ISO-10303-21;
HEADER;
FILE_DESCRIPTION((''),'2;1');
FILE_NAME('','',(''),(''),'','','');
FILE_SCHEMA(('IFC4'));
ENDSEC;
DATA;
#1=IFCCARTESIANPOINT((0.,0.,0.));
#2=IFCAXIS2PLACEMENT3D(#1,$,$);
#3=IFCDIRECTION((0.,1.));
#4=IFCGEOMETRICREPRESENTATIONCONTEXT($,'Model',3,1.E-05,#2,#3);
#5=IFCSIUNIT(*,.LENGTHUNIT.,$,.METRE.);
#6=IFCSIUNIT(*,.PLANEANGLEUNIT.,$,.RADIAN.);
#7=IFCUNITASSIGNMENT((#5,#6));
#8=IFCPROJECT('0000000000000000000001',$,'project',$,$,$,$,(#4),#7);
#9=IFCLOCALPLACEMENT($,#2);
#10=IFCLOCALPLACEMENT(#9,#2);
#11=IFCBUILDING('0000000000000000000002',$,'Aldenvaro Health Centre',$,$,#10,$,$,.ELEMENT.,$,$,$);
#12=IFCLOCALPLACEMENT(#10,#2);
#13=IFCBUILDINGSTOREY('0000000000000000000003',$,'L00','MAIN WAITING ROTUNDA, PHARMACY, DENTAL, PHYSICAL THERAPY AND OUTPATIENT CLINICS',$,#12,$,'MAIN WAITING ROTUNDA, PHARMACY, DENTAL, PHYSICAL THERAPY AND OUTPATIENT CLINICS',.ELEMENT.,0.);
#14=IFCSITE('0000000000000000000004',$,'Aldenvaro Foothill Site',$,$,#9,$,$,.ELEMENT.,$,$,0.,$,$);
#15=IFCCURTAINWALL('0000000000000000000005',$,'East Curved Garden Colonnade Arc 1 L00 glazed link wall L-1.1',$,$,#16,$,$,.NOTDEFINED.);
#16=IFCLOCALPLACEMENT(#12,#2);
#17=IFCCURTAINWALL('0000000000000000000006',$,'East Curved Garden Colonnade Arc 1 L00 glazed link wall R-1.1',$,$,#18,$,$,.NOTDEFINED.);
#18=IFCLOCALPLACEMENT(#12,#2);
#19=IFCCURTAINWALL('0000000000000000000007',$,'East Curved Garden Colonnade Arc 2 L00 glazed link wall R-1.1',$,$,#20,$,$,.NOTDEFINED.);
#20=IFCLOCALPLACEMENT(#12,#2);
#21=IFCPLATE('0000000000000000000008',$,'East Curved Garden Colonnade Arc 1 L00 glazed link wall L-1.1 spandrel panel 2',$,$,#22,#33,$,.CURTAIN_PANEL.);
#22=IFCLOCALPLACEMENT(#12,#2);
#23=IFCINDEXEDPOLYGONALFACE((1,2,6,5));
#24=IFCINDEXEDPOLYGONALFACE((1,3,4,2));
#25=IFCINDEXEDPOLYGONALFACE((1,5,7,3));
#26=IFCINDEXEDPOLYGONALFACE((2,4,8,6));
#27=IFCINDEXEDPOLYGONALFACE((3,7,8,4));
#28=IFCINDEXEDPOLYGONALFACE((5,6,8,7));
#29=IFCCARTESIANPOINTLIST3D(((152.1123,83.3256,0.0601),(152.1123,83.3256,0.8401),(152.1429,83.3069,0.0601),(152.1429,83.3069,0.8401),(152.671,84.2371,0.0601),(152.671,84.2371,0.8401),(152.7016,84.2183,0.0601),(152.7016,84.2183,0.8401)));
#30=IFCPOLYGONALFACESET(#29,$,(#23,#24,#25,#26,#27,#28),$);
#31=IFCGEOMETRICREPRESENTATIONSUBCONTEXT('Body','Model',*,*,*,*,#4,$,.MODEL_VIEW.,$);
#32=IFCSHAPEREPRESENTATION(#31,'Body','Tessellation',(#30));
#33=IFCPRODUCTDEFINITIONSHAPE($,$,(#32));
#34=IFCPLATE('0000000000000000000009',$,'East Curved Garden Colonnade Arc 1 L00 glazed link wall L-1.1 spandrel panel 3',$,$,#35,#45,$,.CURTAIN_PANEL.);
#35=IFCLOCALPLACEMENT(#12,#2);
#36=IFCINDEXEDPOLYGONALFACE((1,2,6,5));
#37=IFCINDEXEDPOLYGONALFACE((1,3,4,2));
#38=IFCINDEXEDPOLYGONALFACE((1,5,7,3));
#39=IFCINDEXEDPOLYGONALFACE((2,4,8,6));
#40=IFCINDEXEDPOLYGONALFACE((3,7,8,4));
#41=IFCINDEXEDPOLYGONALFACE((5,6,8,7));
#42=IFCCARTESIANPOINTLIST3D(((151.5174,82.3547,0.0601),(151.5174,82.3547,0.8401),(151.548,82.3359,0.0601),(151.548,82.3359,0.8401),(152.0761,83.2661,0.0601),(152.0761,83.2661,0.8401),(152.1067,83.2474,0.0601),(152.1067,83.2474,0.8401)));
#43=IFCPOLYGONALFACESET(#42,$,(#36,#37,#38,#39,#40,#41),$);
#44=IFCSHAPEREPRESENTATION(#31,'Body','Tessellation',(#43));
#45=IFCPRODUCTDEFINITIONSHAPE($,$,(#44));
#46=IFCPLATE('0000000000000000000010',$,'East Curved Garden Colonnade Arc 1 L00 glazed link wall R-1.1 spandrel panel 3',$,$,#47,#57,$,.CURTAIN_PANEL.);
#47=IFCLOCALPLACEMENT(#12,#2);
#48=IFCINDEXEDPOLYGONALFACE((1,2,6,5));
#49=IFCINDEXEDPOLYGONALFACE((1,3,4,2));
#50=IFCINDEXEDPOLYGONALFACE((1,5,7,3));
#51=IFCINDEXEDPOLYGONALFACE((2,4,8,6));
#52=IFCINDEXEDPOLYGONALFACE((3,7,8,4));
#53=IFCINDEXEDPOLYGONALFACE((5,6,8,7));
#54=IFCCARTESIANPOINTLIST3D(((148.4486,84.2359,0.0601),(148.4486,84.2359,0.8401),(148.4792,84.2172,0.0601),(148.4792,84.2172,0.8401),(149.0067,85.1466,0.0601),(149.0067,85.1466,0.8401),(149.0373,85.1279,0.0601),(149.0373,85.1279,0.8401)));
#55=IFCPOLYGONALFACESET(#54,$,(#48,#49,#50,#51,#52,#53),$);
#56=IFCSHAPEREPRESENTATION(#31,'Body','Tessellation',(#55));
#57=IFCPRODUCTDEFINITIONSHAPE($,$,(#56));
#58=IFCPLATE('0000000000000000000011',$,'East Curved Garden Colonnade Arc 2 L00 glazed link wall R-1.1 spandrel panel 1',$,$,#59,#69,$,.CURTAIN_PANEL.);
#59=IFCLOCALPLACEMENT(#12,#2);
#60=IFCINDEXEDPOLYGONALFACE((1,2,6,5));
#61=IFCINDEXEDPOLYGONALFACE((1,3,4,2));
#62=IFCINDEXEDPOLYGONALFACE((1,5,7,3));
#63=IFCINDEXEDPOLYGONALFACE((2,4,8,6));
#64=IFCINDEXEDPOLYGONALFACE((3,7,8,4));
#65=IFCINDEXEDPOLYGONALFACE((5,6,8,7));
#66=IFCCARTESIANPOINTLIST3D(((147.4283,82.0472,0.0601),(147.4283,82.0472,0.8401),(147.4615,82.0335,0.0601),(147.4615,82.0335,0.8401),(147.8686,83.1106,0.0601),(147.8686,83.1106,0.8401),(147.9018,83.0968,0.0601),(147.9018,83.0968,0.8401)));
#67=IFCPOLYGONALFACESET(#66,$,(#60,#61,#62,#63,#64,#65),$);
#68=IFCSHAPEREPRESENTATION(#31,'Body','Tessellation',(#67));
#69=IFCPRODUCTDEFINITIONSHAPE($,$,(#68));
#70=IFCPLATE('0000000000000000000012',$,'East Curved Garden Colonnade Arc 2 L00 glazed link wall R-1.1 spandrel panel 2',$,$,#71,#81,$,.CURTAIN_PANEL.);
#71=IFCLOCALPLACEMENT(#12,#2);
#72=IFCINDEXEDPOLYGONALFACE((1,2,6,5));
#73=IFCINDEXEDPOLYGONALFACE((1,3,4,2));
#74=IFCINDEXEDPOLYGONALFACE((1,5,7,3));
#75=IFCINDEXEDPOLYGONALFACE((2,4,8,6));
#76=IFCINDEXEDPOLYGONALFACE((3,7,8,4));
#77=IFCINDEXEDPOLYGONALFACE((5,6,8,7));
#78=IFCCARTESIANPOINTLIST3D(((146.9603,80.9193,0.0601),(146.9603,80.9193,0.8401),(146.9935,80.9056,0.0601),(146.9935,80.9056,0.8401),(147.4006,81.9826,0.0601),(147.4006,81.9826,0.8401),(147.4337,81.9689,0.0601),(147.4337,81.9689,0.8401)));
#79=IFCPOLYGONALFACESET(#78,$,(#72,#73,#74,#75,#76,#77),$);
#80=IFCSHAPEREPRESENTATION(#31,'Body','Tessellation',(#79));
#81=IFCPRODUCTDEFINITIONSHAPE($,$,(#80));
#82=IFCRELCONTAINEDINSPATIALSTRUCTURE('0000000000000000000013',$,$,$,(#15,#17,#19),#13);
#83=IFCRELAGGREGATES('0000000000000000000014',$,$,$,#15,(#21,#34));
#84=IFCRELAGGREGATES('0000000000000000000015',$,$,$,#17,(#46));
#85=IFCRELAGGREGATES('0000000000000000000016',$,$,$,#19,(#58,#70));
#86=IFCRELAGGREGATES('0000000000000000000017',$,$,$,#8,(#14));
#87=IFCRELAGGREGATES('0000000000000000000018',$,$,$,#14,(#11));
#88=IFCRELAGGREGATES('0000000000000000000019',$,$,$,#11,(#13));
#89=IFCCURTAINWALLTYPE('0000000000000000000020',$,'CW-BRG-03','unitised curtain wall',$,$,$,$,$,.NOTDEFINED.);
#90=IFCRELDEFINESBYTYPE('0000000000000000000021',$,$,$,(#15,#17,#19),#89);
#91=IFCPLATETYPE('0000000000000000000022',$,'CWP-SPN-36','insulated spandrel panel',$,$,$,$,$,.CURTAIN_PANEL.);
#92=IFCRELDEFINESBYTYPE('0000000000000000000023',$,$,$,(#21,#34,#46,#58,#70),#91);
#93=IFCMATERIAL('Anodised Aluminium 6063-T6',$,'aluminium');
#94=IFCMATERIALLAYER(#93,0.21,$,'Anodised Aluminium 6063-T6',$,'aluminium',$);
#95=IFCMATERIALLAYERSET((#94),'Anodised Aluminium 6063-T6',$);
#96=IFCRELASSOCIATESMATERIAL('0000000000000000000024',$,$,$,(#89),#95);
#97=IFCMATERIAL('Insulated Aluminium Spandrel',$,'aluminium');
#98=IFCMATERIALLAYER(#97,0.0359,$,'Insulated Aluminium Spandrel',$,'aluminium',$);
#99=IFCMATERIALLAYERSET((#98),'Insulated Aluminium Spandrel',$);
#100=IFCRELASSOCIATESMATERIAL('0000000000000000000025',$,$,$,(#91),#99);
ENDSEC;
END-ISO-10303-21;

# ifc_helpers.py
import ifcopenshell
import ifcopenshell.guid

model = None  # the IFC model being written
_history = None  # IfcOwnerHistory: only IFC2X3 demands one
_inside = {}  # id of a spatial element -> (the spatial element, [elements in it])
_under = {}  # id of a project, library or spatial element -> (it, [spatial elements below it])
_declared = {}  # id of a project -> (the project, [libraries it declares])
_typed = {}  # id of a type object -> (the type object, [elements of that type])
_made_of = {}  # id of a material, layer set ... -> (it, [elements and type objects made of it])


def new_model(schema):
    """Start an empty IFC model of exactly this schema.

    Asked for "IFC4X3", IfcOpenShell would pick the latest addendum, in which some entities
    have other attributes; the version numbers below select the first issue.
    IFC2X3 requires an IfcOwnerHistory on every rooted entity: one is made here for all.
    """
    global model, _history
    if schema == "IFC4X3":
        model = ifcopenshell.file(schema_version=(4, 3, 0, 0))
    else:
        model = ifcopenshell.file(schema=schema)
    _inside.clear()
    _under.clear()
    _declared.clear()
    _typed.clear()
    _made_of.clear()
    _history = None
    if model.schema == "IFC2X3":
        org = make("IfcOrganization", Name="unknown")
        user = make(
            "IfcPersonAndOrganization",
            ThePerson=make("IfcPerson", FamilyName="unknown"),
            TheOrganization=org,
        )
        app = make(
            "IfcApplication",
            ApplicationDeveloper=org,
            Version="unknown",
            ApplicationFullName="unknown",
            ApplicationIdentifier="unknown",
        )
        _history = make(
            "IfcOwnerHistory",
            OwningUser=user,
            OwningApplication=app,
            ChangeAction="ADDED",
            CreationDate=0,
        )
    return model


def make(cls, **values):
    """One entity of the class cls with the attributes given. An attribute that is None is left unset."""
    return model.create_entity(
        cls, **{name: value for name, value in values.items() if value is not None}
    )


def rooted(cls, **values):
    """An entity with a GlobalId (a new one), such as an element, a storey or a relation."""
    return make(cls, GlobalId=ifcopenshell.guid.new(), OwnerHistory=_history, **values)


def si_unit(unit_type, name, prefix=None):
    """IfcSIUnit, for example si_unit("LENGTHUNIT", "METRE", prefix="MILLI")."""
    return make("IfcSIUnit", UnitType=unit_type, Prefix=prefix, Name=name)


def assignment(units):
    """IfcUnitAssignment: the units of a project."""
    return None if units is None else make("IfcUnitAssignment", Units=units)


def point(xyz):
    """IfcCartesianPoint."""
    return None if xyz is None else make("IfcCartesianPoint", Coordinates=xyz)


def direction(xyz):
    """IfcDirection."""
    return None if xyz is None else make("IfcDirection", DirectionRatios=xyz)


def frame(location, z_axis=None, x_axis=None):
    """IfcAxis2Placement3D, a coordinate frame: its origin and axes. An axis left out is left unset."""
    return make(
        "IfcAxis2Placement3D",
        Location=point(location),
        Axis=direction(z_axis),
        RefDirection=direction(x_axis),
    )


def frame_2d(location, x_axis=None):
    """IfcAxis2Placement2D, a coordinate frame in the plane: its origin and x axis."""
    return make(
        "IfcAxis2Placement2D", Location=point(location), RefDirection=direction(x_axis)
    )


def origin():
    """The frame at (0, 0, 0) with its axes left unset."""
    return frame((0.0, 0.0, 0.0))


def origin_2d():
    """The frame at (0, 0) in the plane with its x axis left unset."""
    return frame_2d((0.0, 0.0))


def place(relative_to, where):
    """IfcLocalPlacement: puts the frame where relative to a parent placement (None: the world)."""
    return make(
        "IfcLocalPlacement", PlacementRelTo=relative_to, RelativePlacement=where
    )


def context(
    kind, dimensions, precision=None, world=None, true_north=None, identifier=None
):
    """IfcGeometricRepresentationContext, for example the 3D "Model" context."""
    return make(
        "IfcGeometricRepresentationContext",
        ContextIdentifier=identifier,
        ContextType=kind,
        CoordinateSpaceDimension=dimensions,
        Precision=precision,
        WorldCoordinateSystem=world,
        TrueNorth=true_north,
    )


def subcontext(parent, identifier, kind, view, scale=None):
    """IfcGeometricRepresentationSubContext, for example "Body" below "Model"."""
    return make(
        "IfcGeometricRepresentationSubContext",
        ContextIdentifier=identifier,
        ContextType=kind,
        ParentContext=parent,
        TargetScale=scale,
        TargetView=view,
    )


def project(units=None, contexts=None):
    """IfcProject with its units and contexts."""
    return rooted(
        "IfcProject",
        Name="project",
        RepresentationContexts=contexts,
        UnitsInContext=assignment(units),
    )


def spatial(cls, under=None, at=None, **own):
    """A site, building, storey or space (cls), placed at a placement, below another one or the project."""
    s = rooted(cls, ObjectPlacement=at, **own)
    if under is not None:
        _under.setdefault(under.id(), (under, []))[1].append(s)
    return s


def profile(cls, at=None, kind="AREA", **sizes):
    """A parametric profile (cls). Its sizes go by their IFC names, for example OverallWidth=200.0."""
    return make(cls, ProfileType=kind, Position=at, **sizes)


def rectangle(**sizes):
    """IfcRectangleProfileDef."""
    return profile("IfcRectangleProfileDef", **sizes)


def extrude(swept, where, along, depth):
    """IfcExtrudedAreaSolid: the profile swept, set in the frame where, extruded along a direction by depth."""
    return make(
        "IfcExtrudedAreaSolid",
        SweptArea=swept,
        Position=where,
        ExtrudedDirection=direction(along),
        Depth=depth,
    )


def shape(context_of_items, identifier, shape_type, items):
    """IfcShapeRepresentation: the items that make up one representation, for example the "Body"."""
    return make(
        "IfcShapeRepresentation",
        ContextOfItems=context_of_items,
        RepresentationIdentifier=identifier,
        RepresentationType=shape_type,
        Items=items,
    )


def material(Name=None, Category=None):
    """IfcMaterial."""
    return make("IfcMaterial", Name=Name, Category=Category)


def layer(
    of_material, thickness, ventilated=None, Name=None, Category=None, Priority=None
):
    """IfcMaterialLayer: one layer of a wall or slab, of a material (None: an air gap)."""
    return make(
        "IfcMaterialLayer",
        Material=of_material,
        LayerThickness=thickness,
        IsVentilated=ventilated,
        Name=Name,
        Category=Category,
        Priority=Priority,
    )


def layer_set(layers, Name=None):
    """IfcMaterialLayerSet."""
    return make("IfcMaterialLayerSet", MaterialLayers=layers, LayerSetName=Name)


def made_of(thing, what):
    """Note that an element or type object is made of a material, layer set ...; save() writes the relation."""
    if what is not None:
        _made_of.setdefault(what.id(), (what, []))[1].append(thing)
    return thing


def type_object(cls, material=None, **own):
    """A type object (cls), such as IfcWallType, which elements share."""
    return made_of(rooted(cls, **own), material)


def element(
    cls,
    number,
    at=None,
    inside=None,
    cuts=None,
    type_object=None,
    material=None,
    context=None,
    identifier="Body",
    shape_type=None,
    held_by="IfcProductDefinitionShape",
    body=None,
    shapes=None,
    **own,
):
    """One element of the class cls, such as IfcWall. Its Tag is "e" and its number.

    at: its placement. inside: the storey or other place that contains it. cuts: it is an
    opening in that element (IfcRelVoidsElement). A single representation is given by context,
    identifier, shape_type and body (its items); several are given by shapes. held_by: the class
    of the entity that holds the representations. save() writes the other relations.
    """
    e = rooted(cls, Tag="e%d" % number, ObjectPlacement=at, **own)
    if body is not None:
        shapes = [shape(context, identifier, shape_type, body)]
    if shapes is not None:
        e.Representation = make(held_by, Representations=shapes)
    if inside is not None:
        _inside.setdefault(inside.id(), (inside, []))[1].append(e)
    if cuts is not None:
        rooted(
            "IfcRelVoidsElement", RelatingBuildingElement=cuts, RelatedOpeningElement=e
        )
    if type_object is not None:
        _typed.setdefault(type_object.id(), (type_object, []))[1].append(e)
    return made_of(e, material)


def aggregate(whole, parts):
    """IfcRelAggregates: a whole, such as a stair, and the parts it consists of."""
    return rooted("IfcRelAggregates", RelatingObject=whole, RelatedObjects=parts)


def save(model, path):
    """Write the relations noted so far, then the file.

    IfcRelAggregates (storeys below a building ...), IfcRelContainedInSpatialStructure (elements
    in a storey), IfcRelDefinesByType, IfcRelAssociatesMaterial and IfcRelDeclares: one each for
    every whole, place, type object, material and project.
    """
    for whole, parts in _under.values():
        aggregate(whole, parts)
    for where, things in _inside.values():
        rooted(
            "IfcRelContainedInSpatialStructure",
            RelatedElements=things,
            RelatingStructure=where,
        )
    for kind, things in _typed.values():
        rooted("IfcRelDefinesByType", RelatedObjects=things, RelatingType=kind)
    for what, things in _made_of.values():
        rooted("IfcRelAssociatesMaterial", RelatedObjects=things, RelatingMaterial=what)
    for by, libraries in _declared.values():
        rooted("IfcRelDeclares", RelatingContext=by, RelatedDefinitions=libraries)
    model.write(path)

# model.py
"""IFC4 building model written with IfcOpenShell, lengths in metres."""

from ifc_helpers import new_model, si_unit, direction, frame, origin, origin_2d, place, context, subcontext, project, spatial, rectangle, extrude, material, layer, layer_set, type_object, element, aggregate, save


model = new_model("IFC4")

# Units and contexts
model_context = context("Model", 3, precision=1e-05, world=origin(), true_north=direction((0.0, 1.0)))
body_context = subcontext(model_context, "Body", "Model", "MODEL_VIEW")
ifc_project = project(units=[si_unit("LENGTHUNIT", "METRE"), si_unit("PLANEANGLEUNIT", "RADIAN")], contexts=[model_context])

# Site, building, storey
site_placement = place(None, origin())
site = spatial("IfcSite", under=ifc_project, at=site_placement, Name="Aldenvaro Foothill Site", CompositionType="ELEMENT", RefElevation=0.0)
building_placement = place(site_placement, origin())
building = spatial("IfcBuilding", under=site, at=building_placement, Name="Aldenvaro Health Centre", CompositionType="ELEMENT")
storey_placement = place(building_placement, origin())
storey = spatial("IfcBuildingStorey", under=building, at=storey_placement, Name="L00", Description="MAIN WAITING ROTUNDA, PHARMACY, DENTAL, PHYSICAL THERAPY AND OUTPATIENT CLINICS", LongName="MAIN WAITING ROTUNDA, PHARMACY, DENTAL, PHYSICAL THERAPY AND OUTPATIENT CLINICS", CompositionType="ELEMENT", Elevation=0.0)

# Curtain wall
ifc_material_1 = material(Name="Anodised Aluminium 6063-T6", Category="aluminium")
ifc_layer_1 = layer(ifc_material_1, 0.21, Name="Anodised Aluminium 6063-T6", Category="aluminium")
ifc_layer_set_1 = layer_set([ifc_layer_1], Name="Anodised Aluminium 6063-T6")
curtain_wall_type = type_object("IfcCurtainWallType", Name="CW-BRG-03", Description="unitised curtain wall", PredefinedType="NOTDEFINED", material=ifc_layer_set_1)
curtain_wall_1_placement = place(storey_placement, origin())
curtain_wall_1 = element("IfcCurtainWall", 1, at=curtain_wall_1_placement, inside=storey, type_object=curtain_wall_type, Name="East Curved Garden Colonnade Arc 1 L00 glazed link wall L-1.1", PredefinedType="NOTDEFINED")

# Curtain wall
curtain_wall_2_placement = place(storey_placement, origin())
curtain_wall_2 = element("IfcCurtainWall", 2, at=curtain_wall_2_placement, inside=storey, type_object=curtain_wall_type, Name="East Curved Garden Colonnade Arc 1 L00 glazed link wall R-1.1", PredefinedType="NOTDEFINED")

# Curtain wall
curtain_wall_3_placement = place(storey_placement, origin())
curtain_wall_3 = element("IfcCurtainWall", 3, at=curtain_wall_3_placement, inside=storey, type_object=curtain_wall_type, Name="East Curved Garden Colonnade Arc 2 L00 glazed link wall R-1.1", PredefinedType="NOTDEFINED")

# Plates
ifc_material_2 = material(Name="Insulated Aluminium Spandrel", Category="aluminium")
ifc_layer_2 = layer(ifc_material_2, 0.0359, Name="Insulated Aluminium Spandrel", Category="aluminium")
ifc_layer_set_2 = layer_set([ifc_layer_2], Name="Insulated Aluminium Spandrel")
plate_type_1 = type_object("IfcPlateType", Name="CWP-SPN-36", Description="insulated spandrel panel", PredefinedType="CURTAIN_PANEL", material=ifc_layer_set_2)
plate_1_placement = place(storey_placement, frame((152.407, 83.772, 0.0601), z_axis=(0.0, 0.0, 1.0), x_axis=(-0.52261, -0.852572, 0.0)))
plate_1 = element("IfcPlate", 4, at=plate_1_placement, type_object=plate_type_1, Name="East Curved Garden Colonnade Arc 1 L00 glazed link wall L-1.1 spandrel panel 2", PredefinedType="CURTAIN_PANEL", context=body_context, shape_type="SweptSolid", body=[
    extrude(rectangle(XDim=1.0691, YDim=0.0359, at=origin_2d()), origin(), (0.0, 0.0, 1.0), 0.78),
])
plate_2_placement = place(storey_placement, frame((151.812, 82.801, 0.0601), z_axis=(0.0, 0.0, 1.0), x_axis=(-0.52261, -0.852572, 0.0)))
plate_2 = element("IfcPlate", 5, at=plate_2_placement, type_object=plate_type_1, Name="East Curved Garden Colonnade Arc 1 L00 glazed link wall L-1.1 spandrel panel 3", PredefinedType="CURTAIN_PANEL", context=body_context, shape_type="SweptSolid", body=[
    extrude(rectangle(XDim=1.0691, YDim=0.0359, at=origin_2d()), origin(), (0.0, 0.0, 1.0), 0.78),
])
aggregate(curtain_wall_1, [plate_1, plate_2])
plate_3_placement = place(storey_placement, frame((148.7429, 84.6819, 0.0601), z_axis=(0.0, 0.0, 1.0), x_axis=(-0.522528, -0.852622, 0.0)))
plate_3 = element("IfcPlate", 6, at=plate_3_placement, type_object=plate_type_1, Name="East Curved Garden Colonnade Arc 1 L00 glazed link wall R-1.1 spandrel panel 3", PredefinedType="CURTAIN_PANEL", context=body_context, shape_type="SweptSolid", body=[
    extrude(rectangle(XDim=1.0681, YDim=0.0359, at=origin_2d()), origin(), (0.0, 0.0, 1.0), 0.78),
])
aggregate(curtain_wall_2, [plate_3])
plate_4_placement = place(storey_placement, frame((147.665, 82.572, 0.0601), z_axis=(0.0, 0.0, 1.0), x_axis=(-0.382569, -0.923927, 0.0)))
plate_4 = element("IfcPlate", 7, at=plate_4_placement, type_object=plate_type_1, Name="East Curved Garden Colonnade Arc 2 L00 glazed link wall R-1.1 spandrel panel 1", PredefinedType="CURTAIN_PANEL", context=body_context, shape_type="SweptSolid", body=[
    extrude(rectangle(XDim=1.1509, YDim=0.0359, at=origin_2d()), origin(), (0.0, 0.0, 1.0), 0.78),
])
plate_5_placement = place(storey_placement, frame((147.197, 81.4441, 0.0601), z_axis=(0.0, 0.0, 1.0), x_axis=(-0.382569, -0.923927, 0.0)))
plate_5 = element("IfcPlate", 8, at=plate_5_placement, type_object=plate_type_1, Name="East Curved Garden Colonnade Arc 2 L00 glazed link wall R-1.1 spandrel panel 2", PredefinedType="CURTAIN_PANEL", context=body_context, shape_type="SweptSolid", body=[
    extrude(rectangle(XDim=1.1509, YDim=0.0359, at=origin_2d()), origin(), (0.0, 0.0, 1.0), 0.78),
])
aggregate(curtain_wall_3, [plate_4, plate_5])

save(model, "model.ifc")
